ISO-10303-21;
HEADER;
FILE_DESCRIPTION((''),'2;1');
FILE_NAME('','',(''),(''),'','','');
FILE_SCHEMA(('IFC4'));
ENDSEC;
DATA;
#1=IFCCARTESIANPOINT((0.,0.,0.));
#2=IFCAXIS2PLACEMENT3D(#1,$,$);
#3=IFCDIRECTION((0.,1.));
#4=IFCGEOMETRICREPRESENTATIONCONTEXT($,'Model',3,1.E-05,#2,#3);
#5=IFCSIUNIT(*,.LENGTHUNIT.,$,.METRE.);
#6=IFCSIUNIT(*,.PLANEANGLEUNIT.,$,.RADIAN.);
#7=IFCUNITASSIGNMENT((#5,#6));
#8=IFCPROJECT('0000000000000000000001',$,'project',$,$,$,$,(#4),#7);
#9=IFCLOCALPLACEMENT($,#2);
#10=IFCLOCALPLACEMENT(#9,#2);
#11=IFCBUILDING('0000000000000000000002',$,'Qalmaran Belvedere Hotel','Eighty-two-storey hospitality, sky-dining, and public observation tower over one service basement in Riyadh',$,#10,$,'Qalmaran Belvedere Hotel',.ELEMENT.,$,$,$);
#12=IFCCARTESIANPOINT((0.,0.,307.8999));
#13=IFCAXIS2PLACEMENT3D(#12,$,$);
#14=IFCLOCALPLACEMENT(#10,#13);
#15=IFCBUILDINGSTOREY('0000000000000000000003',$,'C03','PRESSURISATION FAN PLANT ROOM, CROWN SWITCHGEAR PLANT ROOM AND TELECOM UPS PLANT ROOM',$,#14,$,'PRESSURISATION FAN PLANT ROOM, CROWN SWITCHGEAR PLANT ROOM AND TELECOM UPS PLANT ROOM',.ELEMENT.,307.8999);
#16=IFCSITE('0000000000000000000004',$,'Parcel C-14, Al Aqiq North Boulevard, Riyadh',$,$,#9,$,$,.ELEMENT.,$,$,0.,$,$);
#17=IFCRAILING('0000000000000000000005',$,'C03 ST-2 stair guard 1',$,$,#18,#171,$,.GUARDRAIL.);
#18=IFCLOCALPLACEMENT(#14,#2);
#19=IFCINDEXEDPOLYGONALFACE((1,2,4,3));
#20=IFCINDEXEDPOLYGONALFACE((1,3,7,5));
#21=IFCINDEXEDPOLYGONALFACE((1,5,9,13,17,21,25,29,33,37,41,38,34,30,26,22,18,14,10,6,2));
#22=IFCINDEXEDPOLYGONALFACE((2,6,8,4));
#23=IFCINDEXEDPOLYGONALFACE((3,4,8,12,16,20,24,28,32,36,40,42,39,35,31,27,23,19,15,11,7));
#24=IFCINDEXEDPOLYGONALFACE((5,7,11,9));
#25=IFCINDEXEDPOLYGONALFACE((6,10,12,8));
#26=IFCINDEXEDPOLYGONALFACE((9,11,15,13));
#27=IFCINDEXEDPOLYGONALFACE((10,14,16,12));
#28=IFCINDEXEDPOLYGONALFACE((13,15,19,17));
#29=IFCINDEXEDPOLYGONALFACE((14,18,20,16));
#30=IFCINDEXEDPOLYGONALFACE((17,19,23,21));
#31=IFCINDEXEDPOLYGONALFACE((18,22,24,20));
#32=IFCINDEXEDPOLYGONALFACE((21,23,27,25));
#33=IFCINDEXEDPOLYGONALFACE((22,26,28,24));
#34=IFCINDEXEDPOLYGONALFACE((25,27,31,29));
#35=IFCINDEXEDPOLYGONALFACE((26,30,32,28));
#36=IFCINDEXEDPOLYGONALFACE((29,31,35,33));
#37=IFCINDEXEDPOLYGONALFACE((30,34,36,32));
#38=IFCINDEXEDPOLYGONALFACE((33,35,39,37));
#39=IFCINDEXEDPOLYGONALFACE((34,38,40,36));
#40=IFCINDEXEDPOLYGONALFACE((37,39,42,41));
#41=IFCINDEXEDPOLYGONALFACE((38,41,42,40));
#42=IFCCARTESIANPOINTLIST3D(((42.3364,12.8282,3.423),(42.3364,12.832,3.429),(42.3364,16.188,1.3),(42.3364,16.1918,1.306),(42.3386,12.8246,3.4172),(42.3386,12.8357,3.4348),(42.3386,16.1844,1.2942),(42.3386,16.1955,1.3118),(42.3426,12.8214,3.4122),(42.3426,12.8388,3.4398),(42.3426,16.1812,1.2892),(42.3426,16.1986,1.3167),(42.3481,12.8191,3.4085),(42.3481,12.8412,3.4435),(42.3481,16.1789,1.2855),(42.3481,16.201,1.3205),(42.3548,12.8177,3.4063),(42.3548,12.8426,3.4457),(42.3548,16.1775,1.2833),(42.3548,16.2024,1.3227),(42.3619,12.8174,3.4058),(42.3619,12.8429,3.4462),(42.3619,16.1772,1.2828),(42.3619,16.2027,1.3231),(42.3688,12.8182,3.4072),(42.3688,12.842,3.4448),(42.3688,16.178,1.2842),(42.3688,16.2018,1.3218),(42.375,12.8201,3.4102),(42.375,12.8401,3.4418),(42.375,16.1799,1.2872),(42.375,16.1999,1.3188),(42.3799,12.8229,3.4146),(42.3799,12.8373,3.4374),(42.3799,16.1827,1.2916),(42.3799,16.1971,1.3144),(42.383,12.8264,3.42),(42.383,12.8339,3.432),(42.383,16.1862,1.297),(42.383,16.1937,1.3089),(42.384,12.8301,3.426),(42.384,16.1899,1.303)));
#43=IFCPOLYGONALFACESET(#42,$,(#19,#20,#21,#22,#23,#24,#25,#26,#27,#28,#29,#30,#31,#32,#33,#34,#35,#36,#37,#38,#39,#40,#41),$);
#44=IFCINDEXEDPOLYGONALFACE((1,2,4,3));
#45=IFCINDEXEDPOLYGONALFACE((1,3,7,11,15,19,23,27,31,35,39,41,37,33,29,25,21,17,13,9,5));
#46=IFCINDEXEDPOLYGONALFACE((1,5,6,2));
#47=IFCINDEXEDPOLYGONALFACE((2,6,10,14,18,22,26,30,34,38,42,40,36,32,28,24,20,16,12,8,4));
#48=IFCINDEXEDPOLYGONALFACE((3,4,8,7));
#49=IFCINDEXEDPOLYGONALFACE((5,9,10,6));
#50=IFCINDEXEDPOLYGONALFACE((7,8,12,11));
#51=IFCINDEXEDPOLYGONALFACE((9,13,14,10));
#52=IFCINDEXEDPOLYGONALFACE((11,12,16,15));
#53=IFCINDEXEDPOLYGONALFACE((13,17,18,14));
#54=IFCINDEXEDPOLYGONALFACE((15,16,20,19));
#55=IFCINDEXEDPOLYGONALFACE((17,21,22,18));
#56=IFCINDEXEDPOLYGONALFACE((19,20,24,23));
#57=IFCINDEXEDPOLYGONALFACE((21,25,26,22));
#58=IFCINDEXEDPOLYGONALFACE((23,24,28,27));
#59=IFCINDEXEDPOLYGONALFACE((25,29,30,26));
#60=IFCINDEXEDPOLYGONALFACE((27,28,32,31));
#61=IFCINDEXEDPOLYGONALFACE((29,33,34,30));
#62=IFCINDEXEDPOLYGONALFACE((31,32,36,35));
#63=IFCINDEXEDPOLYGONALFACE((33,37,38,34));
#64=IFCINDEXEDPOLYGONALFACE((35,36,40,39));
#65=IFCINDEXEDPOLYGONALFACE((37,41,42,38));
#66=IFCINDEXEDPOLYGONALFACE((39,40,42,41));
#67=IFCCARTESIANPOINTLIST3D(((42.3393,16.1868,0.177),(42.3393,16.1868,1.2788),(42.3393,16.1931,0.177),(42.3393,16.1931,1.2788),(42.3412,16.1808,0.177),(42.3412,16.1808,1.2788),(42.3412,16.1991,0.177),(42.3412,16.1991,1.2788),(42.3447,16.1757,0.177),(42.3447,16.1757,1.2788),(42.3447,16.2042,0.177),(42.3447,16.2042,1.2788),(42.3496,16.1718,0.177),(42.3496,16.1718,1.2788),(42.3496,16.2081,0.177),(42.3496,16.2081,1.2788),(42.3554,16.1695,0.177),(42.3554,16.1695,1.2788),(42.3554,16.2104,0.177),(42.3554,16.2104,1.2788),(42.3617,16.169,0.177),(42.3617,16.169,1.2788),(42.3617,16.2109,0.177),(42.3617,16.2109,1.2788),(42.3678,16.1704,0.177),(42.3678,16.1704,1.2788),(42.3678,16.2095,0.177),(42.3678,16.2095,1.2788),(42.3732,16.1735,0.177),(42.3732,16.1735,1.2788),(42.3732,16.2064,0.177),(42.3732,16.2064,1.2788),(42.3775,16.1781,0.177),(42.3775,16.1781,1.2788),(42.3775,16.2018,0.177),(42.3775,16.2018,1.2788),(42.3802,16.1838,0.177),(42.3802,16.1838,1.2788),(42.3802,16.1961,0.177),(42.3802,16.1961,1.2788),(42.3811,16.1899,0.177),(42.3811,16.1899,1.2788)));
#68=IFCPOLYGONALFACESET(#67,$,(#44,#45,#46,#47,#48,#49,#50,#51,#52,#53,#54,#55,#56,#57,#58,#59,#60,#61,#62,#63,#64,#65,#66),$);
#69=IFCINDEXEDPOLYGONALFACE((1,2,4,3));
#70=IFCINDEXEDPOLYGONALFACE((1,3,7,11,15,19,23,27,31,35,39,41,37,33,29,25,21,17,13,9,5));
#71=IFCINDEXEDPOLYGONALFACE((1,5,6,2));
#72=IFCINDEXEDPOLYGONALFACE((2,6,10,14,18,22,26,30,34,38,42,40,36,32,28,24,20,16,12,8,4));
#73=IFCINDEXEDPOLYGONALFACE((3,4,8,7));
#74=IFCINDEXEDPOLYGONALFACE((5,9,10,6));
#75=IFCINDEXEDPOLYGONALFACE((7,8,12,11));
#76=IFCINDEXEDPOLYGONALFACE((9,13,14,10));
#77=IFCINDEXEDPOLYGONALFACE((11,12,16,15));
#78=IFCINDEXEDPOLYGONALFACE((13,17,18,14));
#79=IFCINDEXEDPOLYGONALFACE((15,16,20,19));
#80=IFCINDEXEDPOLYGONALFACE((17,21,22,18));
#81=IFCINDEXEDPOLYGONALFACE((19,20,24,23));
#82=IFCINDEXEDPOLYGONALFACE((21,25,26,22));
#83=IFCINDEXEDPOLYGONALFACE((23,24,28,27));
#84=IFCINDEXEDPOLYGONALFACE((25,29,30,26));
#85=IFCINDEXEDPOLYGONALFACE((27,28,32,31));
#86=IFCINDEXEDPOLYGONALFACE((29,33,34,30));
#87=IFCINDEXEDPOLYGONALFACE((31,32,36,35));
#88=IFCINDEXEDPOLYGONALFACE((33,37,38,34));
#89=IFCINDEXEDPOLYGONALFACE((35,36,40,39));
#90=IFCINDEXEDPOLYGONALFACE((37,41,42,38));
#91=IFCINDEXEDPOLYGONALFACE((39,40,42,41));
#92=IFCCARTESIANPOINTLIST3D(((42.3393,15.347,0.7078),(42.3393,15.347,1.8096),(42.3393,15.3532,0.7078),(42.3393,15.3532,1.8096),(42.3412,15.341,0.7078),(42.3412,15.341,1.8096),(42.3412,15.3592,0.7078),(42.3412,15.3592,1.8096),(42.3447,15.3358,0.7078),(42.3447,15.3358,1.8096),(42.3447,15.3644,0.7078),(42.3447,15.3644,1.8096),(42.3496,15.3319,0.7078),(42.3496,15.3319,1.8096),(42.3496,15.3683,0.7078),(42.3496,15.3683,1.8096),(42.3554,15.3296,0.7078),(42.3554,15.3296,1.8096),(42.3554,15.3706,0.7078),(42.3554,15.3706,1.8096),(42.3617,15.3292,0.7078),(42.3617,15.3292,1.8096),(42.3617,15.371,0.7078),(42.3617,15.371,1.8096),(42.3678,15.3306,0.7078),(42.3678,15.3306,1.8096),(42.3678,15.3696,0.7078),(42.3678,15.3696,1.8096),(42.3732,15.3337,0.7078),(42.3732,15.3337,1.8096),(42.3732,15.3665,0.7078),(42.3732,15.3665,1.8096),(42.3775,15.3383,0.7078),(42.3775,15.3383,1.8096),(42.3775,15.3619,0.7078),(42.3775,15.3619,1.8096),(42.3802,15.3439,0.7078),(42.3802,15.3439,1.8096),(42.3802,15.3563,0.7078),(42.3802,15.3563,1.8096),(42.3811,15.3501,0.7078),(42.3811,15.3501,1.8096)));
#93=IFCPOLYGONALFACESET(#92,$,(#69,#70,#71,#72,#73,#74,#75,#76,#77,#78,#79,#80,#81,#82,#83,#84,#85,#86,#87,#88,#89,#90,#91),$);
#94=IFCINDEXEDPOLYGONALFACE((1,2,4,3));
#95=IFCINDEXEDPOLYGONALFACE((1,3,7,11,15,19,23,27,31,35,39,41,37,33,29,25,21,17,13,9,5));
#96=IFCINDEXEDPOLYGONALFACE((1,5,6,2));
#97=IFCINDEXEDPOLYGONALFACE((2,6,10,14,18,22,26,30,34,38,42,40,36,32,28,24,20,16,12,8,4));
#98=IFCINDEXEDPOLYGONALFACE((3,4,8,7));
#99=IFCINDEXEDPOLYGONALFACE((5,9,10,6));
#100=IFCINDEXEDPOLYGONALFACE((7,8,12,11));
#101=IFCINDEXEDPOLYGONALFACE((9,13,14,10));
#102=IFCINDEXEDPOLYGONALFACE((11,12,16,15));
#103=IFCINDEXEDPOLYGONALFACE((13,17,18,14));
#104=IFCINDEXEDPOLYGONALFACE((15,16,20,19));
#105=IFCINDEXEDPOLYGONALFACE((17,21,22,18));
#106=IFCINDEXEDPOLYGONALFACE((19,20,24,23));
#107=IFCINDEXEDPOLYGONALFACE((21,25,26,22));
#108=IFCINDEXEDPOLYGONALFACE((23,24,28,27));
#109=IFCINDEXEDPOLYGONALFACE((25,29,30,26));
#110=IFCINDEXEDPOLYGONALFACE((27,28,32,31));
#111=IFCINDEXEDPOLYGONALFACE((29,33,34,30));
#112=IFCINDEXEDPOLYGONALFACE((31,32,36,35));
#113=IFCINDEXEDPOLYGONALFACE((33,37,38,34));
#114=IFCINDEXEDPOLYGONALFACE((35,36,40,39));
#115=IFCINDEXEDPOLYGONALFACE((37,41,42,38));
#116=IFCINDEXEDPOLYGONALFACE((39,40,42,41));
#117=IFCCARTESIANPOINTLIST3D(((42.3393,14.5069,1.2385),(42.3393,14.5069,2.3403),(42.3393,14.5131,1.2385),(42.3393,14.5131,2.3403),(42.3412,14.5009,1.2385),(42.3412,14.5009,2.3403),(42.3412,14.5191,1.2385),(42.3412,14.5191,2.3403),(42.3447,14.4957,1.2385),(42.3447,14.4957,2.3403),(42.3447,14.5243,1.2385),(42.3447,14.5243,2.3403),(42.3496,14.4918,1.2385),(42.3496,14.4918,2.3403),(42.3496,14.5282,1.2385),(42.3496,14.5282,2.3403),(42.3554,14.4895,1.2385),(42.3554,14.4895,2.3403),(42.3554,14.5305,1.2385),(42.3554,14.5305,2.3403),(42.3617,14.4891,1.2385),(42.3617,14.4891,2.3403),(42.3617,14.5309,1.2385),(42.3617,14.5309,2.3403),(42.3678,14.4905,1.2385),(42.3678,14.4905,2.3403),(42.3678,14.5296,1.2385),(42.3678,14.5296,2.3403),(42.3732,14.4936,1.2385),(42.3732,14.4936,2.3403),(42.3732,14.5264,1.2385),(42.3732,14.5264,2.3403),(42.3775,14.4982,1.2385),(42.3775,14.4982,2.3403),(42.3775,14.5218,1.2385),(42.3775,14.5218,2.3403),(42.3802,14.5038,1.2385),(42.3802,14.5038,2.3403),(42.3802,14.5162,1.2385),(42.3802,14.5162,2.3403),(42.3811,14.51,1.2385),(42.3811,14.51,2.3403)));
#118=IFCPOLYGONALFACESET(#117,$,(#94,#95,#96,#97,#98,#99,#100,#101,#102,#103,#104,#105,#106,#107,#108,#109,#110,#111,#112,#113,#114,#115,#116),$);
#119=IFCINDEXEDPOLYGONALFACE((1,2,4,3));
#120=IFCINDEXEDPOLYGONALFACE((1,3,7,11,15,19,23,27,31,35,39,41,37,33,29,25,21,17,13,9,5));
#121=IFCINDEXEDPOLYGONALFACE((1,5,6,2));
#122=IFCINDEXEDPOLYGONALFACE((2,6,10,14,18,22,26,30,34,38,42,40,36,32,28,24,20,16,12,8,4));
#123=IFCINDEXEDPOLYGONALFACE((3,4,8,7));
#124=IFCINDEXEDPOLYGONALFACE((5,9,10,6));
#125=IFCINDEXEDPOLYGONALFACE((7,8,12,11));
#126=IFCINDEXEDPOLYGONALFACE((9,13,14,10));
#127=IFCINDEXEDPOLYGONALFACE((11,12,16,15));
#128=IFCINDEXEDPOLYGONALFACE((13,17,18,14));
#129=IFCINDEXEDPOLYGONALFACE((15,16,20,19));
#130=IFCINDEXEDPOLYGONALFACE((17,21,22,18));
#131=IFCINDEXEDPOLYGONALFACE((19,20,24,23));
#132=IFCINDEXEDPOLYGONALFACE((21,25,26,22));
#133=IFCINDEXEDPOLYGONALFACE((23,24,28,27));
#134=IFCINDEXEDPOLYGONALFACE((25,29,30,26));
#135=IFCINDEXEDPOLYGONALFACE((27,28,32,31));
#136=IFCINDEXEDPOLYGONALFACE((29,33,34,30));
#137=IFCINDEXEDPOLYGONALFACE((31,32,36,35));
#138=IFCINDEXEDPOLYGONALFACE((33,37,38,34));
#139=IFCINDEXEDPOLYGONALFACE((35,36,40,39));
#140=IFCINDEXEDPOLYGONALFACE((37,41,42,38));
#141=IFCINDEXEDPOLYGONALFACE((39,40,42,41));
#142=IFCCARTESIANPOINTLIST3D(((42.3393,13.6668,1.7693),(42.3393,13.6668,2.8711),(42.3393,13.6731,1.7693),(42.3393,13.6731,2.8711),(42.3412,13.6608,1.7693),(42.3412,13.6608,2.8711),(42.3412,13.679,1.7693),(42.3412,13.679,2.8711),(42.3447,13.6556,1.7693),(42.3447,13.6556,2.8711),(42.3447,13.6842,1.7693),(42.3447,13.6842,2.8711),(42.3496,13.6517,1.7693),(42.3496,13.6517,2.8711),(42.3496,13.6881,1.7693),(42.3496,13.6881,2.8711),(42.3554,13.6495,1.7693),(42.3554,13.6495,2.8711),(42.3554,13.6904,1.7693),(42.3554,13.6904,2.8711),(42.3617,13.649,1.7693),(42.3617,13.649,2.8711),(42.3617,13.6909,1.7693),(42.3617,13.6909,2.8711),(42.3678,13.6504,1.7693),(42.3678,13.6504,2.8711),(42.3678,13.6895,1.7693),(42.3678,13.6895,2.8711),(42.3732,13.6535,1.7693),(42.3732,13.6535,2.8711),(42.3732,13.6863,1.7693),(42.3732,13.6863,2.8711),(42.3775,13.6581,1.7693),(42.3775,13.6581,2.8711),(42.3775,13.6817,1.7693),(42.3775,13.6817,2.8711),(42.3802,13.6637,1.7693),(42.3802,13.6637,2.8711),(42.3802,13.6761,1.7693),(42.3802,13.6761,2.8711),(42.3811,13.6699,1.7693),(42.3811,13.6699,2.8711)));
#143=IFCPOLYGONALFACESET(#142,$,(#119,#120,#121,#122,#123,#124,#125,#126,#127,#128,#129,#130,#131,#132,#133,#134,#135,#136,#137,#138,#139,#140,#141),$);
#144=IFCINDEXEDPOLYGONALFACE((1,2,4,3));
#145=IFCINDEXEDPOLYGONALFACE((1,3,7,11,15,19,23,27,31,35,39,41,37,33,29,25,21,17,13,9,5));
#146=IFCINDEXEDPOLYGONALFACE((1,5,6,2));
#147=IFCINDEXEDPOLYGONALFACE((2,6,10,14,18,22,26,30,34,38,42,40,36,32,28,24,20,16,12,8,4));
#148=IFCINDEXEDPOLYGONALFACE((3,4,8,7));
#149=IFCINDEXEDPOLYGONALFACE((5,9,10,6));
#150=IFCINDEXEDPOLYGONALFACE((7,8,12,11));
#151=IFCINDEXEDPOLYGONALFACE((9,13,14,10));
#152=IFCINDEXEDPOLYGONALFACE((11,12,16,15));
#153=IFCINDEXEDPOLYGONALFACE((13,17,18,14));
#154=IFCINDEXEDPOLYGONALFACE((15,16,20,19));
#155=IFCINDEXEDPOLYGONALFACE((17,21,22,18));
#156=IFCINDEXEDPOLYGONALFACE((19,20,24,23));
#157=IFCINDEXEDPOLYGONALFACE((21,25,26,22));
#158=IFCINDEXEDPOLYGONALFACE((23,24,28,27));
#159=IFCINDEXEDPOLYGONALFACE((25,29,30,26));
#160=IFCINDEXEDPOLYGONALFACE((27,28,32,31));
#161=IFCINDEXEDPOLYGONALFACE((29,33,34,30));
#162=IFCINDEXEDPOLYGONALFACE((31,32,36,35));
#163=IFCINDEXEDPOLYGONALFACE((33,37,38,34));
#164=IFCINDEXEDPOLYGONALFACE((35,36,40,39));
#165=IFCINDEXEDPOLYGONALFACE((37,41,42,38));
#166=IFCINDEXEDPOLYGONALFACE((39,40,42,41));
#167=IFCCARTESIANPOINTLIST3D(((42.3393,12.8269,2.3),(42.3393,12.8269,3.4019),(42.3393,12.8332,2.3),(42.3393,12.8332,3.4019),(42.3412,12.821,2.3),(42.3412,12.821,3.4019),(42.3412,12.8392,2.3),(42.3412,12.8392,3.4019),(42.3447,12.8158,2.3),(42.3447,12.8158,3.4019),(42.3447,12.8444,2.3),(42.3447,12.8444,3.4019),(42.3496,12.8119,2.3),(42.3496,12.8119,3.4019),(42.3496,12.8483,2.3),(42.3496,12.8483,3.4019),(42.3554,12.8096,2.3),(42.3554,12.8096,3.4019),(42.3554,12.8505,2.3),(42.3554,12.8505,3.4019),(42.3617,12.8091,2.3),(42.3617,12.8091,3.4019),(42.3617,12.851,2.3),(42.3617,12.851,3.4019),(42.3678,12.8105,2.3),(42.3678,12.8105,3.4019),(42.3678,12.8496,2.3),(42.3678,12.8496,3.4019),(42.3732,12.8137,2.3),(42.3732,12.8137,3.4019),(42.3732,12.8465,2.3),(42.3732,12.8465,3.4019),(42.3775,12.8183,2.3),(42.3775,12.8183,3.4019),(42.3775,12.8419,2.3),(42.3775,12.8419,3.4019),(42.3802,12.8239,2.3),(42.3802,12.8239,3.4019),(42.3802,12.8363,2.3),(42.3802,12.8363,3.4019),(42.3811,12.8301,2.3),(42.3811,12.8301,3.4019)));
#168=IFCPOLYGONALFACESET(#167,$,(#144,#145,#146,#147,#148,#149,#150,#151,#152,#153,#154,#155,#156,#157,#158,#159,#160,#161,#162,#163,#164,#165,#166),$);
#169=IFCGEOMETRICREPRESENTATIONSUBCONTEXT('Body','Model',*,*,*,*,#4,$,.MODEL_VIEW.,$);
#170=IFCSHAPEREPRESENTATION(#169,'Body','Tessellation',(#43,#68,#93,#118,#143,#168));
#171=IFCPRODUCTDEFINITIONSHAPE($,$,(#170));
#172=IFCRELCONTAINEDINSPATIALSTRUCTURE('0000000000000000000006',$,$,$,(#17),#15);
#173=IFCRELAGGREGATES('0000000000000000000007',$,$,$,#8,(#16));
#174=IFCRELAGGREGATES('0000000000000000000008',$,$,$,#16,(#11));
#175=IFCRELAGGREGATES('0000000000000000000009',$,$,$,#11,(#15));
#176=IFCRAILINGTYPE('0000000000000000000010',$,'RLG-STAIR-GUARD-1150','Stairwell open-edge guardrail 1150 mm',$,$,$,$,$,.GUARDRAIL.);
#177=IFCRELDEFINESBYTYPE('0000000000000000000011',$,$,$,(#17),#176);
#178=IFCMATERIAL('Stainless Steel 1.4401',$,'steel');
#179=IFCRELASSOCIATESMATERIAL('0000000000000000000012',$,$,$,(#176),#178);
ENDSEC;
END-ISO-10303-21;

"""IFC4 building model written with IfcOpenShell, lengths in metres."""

from ifc_helpers import new_model, si_unit, direction, frame, origin, origin_2d, place, context, subcontext, project, spatial, circle, extrude, material, type_object, element, save


model = new_model("IFC4")

# Units and contexts
model_context = context("Model", 3, precision=1e-05, world=origin(), true_north=direction((0.0, 1.0)))
body_context = subcontext(model_context, "Body", "Model", "MODEL_VIEW")
ifc_project = project(units=[si_unit("LENGTHUNIT", "METRE"), si_unit("PLANEANGLEUNIT", "RADIAN")], contexts=[model_context])

# Site, building, storey
site_placement = place(None, origin())
site = spatial("IfcSite", under=ifc_project, at=site_placement, Name="Parcel C-14, Al Aqiq North Boulevard, Riyadh", CompositionType="ELEMENT", RefElevation=0.0)
building_placement = place(site_placement, origin())
building = spatial("IfcBuilding", under=site, at=building_placement, Name="Qalmaran Belvedere Hotel", Description="Eighty-two-storey hospitality, sky-dining, and public observation tower over one service basement in Riyadh", LongName="Qalmaran Belvedere Hotel", CompositionType="ELEMENT")
storey_placement = place(building_placement, frame((0.0, 0.0, 307.8999)))
storey = spatial("IfcBuildingStorey", under=building, at=storey_placement, Name="C03", Description="PRESSURISATION FAN PLANT ROOM, CROWN SWITCHGEAR PLANT ROOM AND TELECOM UPS PLANT ROOM", LongName="PRESSURISATION FAN PLANT ROOM, CROWN SWITCHGEAR PLANT ROOM AND TELECOM UPS PLANT ROOM", CompositionType="ELEMENT", Elevation=307.8999)

# Railing
ifc_material_1 = material(Name="Stainless Steel 1.4401", Category="steel")
railing_type_1 = type_object("IfcRailingType", Name="RLG-STAIR-GUARD-1150", Description="Stairwell open-edge guardrail 1150 mm", PredefinedType="GUARDRAIL", material=ifc_material_1)
railing_1_placement = place(storey_placement, frame((42.3601, 16.1899, 0.177)))
element("IfcRailing", 1, at=railing_1_placement, inside=storey, type_object=railing_type_1, Name="C03 ST-2 stair guard 1", PredefinedType="GUARDRAIL", context=body_context, shape_type="SweptSolid", body=[
    extrude(circle(Radius=0.0239, at=origin_2d()), frame((0.0, 0.0, 1.126), z_axis=(0.0, -0.845372, 0.534178), x_axis=(1.0, 0.0, 0.0)), (0.0, 0.0, 1.0), 3.9744),
    extrude(circle(Radius=0.021, at=origin_2d()), origin(), (0.0, 0.0, 1.0), 1.1018),
    extrude(circle(Radius=0.021, at=origin_2d()), frame((0.0, -0.8398, 0.5308)), (0.0, 0.0, 1.0), 1.1018),
    extrude(circle(Radius=0.021, at=origin_2d()), frame((0.0, -1.6799, 1.0615)), (0.0, 0.0, 1.0), 1.1018),
    extrude(circle(Radius=0.021, at=origin_2d()), frame((0.0, -2.52, 1.5923)), (0.0, 0.0, 1.0), 1.1018),
    extrude(circle(Radius=0.021, at=origin_2d()), frame((0.0, -3.3599, 2.123)), (0.0, 0.0, 1.0), 1.1018),
])

save(model, "model.ifc")
